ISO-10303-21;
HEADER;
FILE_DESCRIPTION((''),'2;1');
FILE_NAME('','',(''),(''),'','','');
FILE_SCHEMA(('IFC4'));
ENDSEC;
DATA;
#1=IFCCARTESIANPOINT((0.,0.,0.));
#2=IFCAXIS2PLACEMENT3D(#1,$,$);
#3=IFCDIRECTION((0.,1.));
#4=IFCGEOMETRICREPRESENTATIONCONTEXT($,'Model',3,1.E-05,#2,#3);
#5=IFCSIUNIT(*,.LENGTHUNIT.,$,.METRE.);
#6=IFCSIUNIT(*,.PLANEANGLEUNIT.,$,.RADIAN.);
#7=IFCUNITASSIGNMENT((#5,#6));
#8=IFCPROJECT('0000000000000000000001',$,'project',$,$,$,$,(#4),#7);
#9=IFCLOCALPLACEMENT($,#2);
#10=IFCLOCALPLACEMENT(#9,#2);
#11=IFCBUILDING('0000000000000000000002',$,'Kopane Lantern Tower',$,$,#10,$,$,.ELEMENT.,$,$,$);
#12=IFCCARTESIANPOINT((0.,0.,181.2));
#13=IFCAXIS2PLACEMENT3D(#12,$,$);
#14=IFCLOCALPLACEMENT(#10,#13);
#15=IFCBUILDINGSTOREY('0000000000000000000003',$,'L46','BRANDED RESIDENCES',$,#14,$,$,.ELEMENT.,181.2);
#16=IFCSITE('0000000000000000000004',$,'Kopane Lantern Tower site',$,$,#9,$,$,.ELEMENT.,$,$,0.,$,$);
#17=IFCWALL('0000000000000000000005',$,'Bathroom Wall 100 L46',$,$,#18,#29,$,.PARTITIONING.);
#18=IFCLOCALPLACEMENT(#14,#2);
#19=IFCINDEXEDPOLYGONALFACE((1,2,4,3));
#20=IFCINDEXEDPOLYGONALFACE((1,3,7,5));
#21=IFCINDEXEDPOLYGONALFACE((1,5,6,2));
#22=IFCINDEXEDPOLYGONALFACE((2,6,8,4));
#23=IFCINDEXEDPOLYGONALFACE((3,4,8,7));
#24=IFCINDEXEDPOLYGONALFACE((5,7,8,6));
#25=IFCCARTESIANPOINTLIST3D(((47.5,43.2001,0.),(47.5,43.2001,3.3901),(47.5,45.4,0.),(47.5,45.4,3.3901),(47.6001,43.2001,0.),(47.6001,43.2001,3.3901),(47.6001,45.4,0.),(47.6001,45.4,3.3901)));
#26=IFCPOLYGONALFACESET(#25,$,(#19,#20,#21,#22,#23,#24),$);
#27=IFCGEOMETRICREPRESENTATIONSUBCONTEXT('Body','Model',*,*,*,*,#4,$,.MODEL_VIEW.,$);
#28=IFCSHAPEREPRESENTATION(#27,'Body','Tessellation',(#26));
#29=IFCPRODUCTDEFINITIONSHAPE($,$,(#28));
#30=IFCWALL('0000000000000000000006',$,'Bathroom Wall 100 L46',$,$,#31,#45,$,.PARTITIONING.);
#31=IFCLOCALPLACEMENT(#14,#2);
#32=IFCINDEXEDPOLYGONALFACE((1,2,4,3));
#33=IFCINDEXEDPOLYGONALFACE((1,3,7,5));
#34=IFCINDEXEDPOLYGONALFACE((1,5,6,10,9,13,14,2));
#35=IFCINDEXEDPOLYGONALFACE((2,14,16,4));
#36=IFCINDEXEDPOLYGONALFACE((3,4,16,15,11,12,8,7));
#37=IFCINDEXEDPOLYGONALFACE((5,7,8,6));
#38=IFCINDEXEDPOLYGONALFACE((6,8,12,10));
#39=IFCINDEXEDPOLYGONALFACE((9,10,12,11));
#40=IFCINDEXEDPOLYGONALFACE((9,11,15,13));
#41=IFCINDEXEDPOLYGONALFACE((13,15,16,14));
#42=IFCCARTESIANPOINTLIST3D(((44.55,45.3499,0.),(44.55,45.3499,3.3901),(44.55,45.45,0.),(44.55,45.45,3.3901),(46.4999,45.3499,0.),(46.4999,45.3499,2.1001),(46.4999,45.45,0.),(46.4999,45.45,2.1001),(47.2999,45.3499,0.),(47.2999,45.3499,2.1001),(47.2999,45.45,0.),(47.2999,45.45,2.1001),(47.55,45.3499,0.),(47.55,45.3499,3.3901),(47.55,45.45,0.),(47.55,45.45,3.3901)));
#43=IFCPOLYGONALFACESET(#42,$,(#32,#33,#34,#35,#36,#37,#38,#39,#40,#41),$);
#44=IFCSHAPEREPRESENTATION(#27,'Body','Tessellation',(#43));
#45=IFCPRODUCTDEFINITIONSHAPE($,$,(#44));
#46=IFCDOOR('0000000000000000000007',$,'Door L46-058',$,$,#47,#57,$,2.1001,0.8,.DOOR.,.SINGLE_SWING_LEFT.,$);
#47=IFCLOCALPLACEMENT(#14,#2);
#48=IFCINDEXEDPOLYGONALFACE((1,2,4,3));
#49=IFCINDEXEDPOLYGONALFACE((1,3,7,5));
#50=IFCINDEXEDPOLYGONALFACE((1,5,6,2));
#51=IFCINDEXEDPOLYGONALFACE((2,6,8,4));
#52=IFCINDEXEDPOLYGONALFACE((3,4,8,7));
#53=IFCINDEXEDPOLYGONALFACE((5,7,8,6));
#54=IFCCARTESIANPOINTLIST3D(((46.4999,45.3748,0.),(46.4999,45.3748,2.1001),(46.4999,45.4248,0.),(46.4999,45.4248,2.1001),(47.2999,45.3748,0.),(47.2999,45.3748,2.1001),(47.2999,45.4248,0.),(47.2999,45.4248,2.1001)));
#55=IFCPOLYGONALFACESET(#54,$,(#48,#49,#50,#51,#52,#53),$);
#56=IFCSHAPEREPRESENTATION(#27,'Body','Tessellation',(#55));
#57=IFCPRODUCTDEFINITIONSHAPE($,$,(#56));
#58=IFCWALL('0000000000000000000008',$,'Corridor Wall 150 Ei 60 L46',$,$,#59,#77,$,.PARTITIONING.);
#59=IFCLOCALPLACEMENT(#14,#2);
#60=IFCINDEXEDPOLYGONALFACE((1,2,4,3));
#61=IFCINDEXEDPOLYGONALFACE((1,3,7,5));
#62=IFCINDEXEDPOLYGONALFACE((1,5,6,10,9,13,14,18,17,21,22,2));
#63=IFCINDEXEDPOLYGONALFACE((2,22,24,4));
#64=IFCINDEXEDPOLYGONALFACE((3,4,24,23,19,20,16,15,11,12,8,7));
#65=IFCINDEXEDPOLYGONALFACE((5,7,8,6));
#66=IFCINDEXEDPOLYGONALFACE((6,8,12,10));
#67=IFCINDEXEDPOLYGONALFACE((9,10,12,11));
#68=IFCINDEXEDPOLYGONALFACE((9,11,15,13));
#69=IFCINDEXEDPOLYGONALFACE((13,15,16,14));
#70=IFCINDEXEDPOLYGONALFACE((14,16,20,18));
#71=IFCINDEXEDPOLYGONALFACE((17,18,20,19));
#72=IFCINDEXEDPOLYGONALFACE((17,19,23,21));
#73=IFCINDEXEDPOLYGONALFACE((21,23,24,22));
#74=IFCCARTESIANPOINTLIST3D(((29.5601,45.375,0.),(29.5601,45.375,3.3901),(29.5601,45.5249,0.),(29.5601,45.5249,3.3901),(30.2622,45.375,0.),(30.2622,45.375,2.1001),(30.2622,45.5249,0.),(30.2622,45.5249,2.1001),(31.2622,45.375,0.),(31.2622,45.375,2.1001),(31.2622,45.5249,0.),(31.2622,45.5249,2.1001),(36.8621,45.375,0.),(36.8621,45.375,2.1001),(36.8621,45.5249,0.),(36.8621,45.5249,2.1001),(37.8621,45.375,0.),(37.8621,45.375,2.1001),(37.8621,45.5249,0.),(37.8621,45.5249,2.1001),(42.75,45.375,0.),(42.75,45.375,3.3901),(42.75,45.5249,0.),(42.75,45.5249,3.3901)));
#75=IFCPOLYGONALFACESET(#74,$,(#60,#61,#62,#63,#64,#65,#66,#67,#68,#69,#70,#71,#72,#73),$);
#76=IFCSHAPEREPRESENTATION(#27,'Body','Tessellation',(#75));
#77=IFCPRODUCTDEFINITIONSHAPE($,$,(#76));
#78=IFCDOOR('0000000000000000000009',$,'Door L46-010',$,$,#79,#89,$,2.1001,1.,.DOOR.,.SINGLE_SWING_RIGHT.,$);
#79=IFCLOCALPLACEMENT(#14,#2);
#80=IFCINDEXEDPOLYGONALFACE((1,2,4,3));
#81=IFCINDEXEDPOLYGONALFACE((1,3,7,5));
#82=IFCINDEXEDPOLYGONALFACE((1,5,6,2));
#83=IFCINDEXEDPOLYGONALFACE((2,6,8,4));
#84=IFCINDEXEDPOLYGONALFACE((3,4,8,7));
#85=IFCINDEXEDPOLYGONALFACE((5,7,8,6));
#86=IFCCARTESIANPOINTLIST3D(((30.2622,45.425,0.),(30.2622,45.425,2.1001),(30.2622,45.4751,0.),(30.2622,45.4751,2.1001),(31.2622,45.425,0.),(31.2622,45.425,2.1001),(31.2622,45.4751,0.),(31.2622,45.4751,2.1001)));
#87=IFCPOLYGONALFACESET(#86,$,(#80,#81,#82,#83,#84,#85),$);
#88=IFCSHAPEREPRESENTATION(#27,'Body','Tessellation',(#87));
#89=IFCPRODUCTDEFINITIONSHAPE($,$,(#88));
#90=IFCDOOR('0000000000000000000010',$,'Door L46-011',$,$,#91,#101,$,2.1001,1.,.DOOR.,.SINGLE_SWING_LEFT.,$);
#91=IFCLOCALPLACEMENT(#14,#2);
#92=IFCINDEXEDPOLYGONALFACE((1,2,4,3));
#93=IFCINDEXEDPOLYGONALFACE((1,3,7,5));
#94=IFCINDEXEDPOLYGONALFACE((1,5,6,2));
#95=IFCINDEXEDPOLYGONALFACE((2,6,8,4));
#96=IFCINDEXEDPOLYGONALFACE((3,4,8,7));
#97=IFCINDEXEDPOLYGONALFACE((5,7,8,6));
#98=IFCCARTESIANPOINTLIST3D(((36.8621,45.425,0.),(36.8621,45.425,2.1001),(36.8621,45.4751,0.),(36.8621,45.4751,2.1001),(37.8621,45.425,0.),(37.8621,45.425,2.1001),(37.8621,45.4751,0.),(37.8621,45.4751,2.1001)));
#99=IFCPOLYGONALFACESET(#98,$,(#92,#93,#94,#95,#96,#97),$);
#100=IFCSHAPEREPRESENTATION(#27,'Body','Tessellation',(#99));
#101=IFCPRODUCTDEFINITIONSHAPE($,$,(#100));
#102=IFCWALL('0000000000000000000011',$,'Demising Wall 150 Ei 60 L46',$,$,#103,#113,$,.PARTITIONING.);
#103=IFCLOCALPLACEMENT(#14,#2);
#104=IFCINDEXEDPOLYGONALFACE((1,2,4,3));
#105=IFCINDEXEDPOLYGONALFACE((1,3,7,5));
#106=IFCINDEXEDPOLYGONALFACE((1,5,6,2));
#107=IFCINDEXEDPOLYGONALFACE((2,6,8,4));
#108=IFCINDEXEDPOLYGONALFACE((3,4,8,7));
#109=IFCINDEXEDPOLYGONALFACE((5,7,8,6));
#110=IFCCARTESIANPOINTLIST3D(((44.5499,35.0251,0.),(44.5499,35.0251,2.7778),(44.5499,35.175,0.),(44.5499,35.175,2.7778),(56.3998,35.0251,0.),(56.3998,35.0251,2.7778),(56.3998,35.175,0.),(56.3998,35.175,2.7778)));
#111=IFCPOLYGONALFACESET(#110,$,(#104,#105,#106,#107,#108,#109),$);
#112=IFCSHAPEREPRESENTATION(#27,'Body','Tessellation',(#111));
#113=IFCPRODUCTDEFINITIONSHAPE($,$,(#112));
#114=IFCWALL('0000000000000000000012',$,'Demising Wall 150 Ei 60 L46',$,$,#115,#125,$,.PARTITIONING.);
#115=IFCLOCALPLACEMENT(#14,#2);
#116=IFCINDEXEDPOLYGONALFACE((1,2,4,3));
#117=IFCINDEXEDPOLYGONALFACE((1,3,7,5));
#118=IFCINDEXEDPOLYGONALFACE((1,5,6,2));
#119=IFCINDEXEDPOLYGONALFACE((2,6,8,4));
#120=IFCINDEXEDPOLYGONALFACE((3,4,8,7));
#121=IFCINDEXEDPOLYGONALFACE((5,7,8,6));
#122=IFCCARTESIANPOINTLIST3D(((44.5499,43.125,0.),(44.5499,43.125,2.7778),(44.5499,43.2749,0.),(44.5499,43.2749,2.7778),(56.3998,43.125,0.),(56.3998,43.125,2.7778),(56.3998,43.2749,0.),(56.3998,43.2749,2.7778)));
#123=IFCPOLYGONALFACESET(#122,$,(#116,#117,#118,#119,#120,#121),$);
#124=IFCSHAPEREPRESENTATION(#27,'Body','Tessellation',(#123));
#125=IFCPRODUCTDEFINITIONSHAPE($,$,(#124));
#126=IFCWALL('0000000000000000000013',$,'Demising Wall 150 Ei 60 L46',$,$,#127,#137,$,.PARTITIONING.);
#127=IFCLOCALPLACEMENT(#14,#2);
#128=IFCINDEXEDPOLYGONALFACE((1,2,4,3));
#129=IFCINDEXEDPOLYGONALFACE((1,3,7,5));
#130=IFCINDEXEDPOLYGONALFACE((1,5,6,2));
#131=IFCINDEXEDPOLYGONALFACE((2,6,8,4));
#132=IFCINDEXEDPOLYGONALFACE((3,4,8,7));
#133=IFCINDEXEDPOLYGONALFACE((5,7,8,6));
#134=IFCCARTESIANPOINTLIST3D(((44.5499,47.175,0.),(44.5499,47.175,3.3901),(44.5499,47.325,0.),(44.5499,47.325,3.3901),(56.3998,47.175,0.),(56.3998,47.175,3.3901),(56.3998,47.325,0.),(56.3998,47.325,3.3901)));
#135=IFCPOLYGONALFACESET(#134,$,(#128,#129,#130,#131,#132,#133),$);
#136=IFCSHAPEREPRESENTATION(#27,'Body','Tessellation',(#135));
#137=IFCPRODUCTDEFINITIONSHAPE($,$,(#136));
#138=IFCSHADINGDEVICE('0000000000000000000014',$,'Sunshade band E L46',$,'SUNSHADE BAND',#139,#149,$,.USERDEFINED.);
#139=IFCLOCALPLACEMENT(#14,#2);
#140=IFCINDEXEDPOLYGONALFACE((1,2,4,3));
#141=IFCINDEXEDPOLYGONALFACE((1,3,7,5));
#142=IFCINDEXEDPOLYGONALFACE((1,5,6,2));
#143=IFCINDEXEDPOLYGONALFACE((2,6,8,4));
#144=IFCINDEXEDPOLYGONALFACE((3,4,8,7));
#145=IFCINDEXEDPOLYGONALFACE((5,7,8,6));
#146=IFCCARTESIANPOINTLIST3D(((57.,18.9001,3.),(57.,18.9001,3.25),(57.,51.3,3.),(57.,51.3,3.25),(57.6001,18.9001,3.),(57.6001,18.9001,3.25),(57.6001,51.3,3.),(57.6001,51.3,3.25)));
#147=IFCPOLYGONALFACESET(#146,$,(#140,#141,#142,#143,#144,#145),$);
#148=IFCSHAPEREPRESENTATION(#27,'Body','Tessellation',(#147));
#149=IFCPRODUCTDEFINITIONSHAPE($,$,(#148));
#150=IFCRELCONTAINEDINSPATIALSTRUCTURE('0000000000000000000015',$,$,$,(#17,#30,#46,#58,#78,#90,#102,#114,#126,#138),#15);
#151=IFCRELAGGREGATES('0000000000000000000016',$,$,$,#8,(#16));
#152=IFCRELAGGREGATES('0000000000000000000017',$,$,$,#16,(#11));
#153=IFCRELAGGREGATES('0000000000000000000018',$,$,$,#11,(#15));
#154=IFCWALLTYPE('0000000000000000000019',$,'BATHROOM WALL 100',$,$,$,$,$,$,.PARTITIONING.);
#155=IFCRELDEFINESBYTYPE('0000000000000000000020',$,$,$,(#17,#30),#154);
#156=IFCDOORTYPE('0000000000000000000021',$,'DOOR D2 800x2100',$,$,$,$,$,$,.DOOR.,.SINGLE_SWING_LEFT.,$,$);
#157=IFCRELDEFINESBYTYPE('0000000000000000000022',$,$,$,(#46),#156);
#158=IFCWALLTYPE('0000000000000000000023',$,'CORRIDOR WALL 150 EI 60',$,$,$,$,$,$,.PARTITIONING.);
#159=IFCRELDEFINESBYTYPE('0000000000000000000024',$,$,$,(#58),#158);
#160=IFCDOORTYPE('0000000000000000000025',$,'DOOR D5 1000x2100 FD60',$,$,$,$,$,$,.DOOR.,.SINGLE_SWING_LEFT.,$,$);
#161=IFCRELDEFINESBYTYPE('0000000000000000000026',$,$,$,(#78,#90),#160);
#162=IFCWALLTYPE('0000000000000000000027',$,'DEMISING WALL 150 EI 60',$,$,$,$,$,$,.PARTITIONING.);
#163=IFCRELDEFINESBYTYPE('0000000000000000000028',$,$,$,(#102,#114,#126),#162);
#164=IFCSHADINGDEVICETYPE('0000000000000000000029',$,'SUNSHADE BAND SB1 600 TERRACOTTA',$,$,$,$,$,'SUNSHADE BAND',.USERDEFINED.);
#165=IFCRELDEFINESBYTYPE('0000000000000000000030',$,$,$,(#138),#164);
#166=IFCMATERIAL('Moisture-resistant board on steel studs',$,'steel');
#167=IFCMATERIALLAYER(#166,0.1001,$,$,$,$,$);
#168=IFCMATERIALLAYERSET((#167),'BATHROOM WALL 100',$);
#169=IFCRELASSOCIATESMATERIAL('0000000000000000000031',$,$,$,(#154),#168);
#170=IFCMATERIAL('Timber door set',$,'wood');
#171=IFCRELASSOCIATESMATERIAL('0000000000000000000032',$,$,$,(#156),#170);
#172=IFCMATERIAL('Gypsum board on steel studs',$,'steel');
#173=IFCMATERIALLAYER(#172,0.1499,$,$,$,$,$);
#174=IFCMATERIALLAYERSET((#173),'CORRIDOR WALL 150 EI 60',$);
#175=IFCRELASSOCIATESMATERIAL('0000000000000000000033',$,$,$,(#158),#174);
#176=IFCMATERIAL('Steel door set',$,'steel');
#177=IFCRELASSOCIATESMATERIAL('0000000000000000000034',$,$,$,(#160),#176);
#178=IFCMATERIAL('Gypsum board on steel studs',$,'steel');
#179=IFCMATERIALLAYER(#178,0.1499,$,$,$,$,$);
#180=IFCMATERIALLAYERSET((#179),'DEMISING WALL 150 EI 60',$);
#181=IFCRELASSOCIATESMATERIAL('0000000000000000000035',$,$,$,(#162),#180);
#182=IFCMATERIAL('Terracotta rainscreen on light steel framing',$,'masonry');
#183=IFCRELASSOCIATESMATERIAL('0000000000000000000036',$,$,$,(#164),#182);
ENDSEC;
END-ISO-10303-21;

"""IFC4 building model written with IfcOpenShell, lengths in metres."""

from ifc_helpers import new_model, si_unit, direction, frame, frame_2d, origin, origin_2d, place, context, subcontext, project, spatial, rectangle, extrude, material, layer, layer_set, type_object, element, fill, save


model = new_model("IFC4")

# Units and contexts
model_context = context("Model", 3, precision=1e-05, world=origin(), true_north=direction((0.0, 1.0)))
body_context = subcontext(model_context, "Body", "Model", "MODEL_VIEW")
ifc_project = project(units=[si_unit("LENGTHUNIT", "METRE"), si_unit("PLANEANGLEUNIT", "RADIAN")], contexts=[model_context])

# Site, building, storey
site_placement = place(None, origin())
site = spatial("IfcSite", under=ifc_project, at=site_placement, Name="Kopane Lantern Tower site", CompositionType="ELEMENT", RefElevation=0.0)
building_placement = place(site_placement, origin())
building = spatial("IfcBuilding", under=site, at=building_placement, Name="Kopane Lantern Tower", CompositionType="ELEMENT")
storey_placement = place(building_placement, frame((0.0, 0.0, 181.2)))
storey = spatial("IfcBuildingStorey", under=building, at=storey_placement, Name="L46", Description="BRANDED RESIDENCES", CompositionType="ELEMENT", Elevation=181.2)

# Shared definitions
ifc_material_1 = material(Name="Moisture-resistant board on steel studs", Category="steel")
ifc_layer_1 = layer(ifc_material_1, 0.1001)
ifc_layer_set_1 = layer_set([ifc_layer_1], Name="BATHROOM WALL 100")
wall_type_1 = type_object("IfcWallType", Name="BATHROOM WALL 100", PredefinedType="PARTITIONING", material=ifc_layer_set_1)
ifc_material_2 = material(Name="Timber door set", Category="wood")
door_type_1 = type_object("IfcDoorType", Name="DOOR D2 800x2100", OperationType="SINGLE_SWING_LEFT", PredefinedType="DOOR", material=ifc_material_2)

# Wall
wall_1_placement = place(storey_placement, frame((47.55, 43.2, 0.0), z_axis=(0.0, 0.0, 1.0), x_axis=(0.0, 1.0, 0.0)))
element("IfcWall", 1, at=wall_1_placement, inside=storey, type_object=wall_type_1, Name="Bathroom Wall 100 L46", PredefinedType="PARTITIONING", context=body_context, shape_type="SweptSolid", body=[
    extrude(rectangle(XDim=2.2, YDim=0.1001, at=frame_2d((1.1001, 0.0))), origin(), (0.0, 0.0, 1.0), 3.3901),
])

# Wall, opening, door
wall_2_placement = place(storey_placement, frame((44.55, 45.3999, 0.0), z_axis=(0.0, 0.0, 1.0), x_axis=(1.0, 0.0, 0.0)))
wall_2 = element("IfcWall", 2, at=wall_2_placement, inside=storey, type_object=wall_type_1, Name="Bathroom Wall 100 L46", PredefinedType="PARTITIONING", context=body_context, shape_type="SweptSolid", body=[
    extrude(rectangle(XDim=3.0, YDim=0.1001, at=frame_2d((1.5, 0.0))), origin(), (0.0, 0.0, 1.0), 3.3901),
])
opening_1_placement = place(wall_2_placement, frame((1.95, 0.0, 0.0)))
opening_1 = element("IfcOpeningElement", 3, at=opening_1_placement, cuts=wall_2, PredefinedType="OPENING", context=body_context, shape_type="SweptSolid", body=[
    extrude(rectangle(XDim=0.8, YDim=2.1001, at=frame_2d((0.3999, 1.05))), frame((0.0, 0.0601, 0.0), z_axis=(0.0, -1.0, 0.0), x_axis=(1.0, 0.0, 0.0)), (0.0, 0.0, 1.0), 0.1201),
])
door_1_placement = place(opening_1_placement, origin())
door_1 = element("IfcDoor", 4, at=door_1_placement, inside=storey, type_object=door_type_1, Name="Door L46-058", OperationType="SINGLE_SWING_LEFT", OverallHeight=2.1001, OverallWidth=0.8, PredefinedType="DOOR", context=body_context, shape_type="SweptSolid", body=[
    extrude(rectangle(XDim=0.8, YDim=2.1001, at=frame_2d((0.3999, 1.05))), frame((0.0, 0.0249, 0.0), z_axis=(0.0, -1.0, 0.0), x_axis=(1.0, 0.0, 0.0)), (0.0, 0.0, 1.0), 0.05),
])
fill(opening_1, door_1)

# Wall, openings, doors
ifc_material_3 = material(Name="Gypsum board on steel studs", Category="steel")
ifc_layer_2 = layer(ifc_material_3, 0.1499)
ifc_layer_set_2 = layer_set([ifc_layer_2], Name="CORRIDOR WALL 150 EI 60")
wall_type_2 = type_object("IfcWallType", Name="CORRIDOR WALL 150 EI 60", PredefinedType="PARTITIONING", material=ifc_layer_set_2)
wall_3_placement = place(storey_placement, frame((42.75, 45.45, 0.0), z_axis=(0.0, 0.0, 1.0), x_axis=(-1.0, 0.0, 0.0)))
wall_3 = element("IfcWall", 5, at=wall_3_placement, inside=storey, type_object=wall_type_2, Name="Corridor Wall 150 Ei 60 L46", PredefinedType="PARTITIONING", context=body_context, shape_type="SweptSolid", body=[
    extrude(rectangle(XDim=13.1899, YDim=0.1499, at=frame_2d((6.595, 0.0))), origin(), (0.0, 0.0, 1.0), 3.3901),
])
opening_2_placement = place(wall_3_placement, frame((11.4878, 0.0, 0.0)))
opening_2 = element("IfcOpeningElement", 6, at=opening_2_placement, cuts=wall_3, PredefinedType="OPENING", context=body_context, shape_type="SweptSolid", body=[
    extrude(rectangle(XDim=1.0, YDim=2.1001, at=frame_2d((0.5, 1.05))), frame((0.0, 0.085, 0.0), z_axis=(0.0, -1.0, 0.0), x_axis=(1.0, 0.0, 0.0)), (0.0, 0.0, 1.0), 0.1699),
])
opening_3_placement = place(wall_3_placement, frame((4.8879, 0.0, 0.0)))
opening_3 = element("IfcOpeningElement", 7, at=opening_3_placement, cuts=wall_3, PredefinedType="OPENING", context=body_context, shape_type="SweptSolid", body=[
    extrude(rectangle(XDim=1.0, YDim=2.1001, at=frame_2d((0.5, 1.05))), frame((0.0, 0.085, 0.0), z_axis=(0.0, -1.0, 0.0), x_axis=(1.0, 0.0, 0.0)), (0.0, 0.0, 1.0), 0.1699),
])
ifc_material_4 = material(Name="Steel door set", Category="steel")
door_type_2 = type_object("IfcDoorType", Name="DOOR D5 1000x2100 FD60", OperationType="SINGLE_SWING_LEFT", PredefinedType="DOOR", material=ifc_material_4)
door_2_placement = place(opening_2_placement, origin())
door_2 = element("IfcDoor", 8, at=door_2_placement, inside=storey, type_object=door_type_2, Name="Door L46-010", OperationType="SINGLE_SWING_RIGHT", OverallHeight=2.1001, OverallWidth=1.0, PredefinedType="DOOR", context=body_context, shape_type="SweptSolid", body=[
    extrude(rectangle(XDim=1.0, YDim=2.1001, at=frame_2d((0.5, 1.05))), frame((0.0, 0.0249, 0.0), z_axis=(0.0, -1.0, 0.0), x_axis=(1.0, 0.0, 0.0)), (0.0, 0.0, 1.0), 0.05),
])
fill(opening_2, door_2)
door_3_placement = place(opening_3_placement, origin())
door_3 = element("IfcDoor", 9, at=door_3_placement, inside=storey, type_object=door_type_2, Name="Door L46-011", OperationType="SINGLE_SWING_LEFT", OverallHeight=2.1001, OverallWidth=1.0, PredefinedType="DOOR", context=body_context, shape_type="SweptSolid", body=[
    extrude(rectangle(XDim=1.0, YDim=2.1001, at=frame_2d((0.5, 1.05))), frame((0.0, 0.0249, 0.0), z_axis=(0.0, -1.0, 0.0), x_axis=(1.0, 0.0, 0.0)), (0.0, 0.0, 1.0), 0.05),
])
fill(opening_3, door_3)

# Walls
ifc_material_5 = material(Name="Gypsum board on steel studs", Category="steel")
ifc_layer_3 = layer(ifc_material_5, 0.1499)
ifc_layer_set_3 = layer_set([ifc_layer_3], Name="DEMISING WALL 150 EI 60")
wall_type_3 = type_object("IfcWallType", Name="DEMISING WALL 150 EI 60", PredefinedType="PARTITIONING", material=ifc_layer_set_3)
for number, where, z_axis, x_axis, name in (
    (10, (44.55, 35.1001, 0.0), (0.0, 0.0, 1.0), (1.0, 0.0, 0.0), "Demising Wall 150 Ei 60 L46"),
    (11, (44.55, 43.2, 0.0), (0.0, 0.0, 1.0), (1.0, 0.0, 0.0), "Demising Wall 150 Ei 60 L46"),
):
    element("IfcWall", number, at=place(storey_placement, frame(where, z_axis=z_axis, x_axis=x_axis)), inside=storey, type_object=wall_type_3, Name=name, PredefinedType="PARTITIONING", context=body_context, shape_type="SweptSolid", body=[
        extrude(rectangle(XDim=11.8499, YDim=0.1499, at=frame_2d((5.9248, 0.0))), origin(), (0.0, 0.0, 1.0), 2.7778),
    ])
wall_4_placement = place(storey_placement, frame((44.55, 47.25, 0.0), z_axis=(0.0, 0.0, 1.0), x_axis=(1.0, 0.0, 0.0)))
element("IfcWall", 12, at=wall_4_placement, inside=storey, type_object=wall_type_3, Name="Demising Wall 150 Ei 60 L46", PredefinedType="PARTITIONING", context=body_context, shape_type="SweptSolid", body=[
    extrude(rectangle(XDim=11.8499, YDim=0.1499, at=frame_2d((5.9248, 0.0))), origin(), (0.0, 0.0, 1.0), 3.3901),
])

# Shading device
ifc_material_6 = material(Name="Terracotta rainscreen on light steel framing", Category="masonry")
shading_device_type = type_object("IfcShadingDeviceType", Name="SUNSHADE BAND SB1 600 TERRACOTTA", ElementType="SUNSHADE BAND", PredefinedType="USERDEFINED", material=ifc_material_6)
shading_device_placement = place(storey_placement, frame((57.3, 35.1001, 3.0), z_axis=(0.0, 0.0, 1.0), x_axis=(0.0, 1.0, 0.0)))
element("IfcShadingDevice", 13, at=shading_device_placement, inside=storey, type_object=shading_device_type, Name="Sunshade band E L46", ObjectType="SUNSHADE BAND", PredefinedType="USERDEFINED", context=body_context, shape_type="SweptSolid", body=[
    extrude(rectangle(XDim=32.3999, YDim=0.6001, at=origin_2d()), origin(), (0.0, 0.0, 1.0), 0.25),
])

save(model, "model.ifc")
